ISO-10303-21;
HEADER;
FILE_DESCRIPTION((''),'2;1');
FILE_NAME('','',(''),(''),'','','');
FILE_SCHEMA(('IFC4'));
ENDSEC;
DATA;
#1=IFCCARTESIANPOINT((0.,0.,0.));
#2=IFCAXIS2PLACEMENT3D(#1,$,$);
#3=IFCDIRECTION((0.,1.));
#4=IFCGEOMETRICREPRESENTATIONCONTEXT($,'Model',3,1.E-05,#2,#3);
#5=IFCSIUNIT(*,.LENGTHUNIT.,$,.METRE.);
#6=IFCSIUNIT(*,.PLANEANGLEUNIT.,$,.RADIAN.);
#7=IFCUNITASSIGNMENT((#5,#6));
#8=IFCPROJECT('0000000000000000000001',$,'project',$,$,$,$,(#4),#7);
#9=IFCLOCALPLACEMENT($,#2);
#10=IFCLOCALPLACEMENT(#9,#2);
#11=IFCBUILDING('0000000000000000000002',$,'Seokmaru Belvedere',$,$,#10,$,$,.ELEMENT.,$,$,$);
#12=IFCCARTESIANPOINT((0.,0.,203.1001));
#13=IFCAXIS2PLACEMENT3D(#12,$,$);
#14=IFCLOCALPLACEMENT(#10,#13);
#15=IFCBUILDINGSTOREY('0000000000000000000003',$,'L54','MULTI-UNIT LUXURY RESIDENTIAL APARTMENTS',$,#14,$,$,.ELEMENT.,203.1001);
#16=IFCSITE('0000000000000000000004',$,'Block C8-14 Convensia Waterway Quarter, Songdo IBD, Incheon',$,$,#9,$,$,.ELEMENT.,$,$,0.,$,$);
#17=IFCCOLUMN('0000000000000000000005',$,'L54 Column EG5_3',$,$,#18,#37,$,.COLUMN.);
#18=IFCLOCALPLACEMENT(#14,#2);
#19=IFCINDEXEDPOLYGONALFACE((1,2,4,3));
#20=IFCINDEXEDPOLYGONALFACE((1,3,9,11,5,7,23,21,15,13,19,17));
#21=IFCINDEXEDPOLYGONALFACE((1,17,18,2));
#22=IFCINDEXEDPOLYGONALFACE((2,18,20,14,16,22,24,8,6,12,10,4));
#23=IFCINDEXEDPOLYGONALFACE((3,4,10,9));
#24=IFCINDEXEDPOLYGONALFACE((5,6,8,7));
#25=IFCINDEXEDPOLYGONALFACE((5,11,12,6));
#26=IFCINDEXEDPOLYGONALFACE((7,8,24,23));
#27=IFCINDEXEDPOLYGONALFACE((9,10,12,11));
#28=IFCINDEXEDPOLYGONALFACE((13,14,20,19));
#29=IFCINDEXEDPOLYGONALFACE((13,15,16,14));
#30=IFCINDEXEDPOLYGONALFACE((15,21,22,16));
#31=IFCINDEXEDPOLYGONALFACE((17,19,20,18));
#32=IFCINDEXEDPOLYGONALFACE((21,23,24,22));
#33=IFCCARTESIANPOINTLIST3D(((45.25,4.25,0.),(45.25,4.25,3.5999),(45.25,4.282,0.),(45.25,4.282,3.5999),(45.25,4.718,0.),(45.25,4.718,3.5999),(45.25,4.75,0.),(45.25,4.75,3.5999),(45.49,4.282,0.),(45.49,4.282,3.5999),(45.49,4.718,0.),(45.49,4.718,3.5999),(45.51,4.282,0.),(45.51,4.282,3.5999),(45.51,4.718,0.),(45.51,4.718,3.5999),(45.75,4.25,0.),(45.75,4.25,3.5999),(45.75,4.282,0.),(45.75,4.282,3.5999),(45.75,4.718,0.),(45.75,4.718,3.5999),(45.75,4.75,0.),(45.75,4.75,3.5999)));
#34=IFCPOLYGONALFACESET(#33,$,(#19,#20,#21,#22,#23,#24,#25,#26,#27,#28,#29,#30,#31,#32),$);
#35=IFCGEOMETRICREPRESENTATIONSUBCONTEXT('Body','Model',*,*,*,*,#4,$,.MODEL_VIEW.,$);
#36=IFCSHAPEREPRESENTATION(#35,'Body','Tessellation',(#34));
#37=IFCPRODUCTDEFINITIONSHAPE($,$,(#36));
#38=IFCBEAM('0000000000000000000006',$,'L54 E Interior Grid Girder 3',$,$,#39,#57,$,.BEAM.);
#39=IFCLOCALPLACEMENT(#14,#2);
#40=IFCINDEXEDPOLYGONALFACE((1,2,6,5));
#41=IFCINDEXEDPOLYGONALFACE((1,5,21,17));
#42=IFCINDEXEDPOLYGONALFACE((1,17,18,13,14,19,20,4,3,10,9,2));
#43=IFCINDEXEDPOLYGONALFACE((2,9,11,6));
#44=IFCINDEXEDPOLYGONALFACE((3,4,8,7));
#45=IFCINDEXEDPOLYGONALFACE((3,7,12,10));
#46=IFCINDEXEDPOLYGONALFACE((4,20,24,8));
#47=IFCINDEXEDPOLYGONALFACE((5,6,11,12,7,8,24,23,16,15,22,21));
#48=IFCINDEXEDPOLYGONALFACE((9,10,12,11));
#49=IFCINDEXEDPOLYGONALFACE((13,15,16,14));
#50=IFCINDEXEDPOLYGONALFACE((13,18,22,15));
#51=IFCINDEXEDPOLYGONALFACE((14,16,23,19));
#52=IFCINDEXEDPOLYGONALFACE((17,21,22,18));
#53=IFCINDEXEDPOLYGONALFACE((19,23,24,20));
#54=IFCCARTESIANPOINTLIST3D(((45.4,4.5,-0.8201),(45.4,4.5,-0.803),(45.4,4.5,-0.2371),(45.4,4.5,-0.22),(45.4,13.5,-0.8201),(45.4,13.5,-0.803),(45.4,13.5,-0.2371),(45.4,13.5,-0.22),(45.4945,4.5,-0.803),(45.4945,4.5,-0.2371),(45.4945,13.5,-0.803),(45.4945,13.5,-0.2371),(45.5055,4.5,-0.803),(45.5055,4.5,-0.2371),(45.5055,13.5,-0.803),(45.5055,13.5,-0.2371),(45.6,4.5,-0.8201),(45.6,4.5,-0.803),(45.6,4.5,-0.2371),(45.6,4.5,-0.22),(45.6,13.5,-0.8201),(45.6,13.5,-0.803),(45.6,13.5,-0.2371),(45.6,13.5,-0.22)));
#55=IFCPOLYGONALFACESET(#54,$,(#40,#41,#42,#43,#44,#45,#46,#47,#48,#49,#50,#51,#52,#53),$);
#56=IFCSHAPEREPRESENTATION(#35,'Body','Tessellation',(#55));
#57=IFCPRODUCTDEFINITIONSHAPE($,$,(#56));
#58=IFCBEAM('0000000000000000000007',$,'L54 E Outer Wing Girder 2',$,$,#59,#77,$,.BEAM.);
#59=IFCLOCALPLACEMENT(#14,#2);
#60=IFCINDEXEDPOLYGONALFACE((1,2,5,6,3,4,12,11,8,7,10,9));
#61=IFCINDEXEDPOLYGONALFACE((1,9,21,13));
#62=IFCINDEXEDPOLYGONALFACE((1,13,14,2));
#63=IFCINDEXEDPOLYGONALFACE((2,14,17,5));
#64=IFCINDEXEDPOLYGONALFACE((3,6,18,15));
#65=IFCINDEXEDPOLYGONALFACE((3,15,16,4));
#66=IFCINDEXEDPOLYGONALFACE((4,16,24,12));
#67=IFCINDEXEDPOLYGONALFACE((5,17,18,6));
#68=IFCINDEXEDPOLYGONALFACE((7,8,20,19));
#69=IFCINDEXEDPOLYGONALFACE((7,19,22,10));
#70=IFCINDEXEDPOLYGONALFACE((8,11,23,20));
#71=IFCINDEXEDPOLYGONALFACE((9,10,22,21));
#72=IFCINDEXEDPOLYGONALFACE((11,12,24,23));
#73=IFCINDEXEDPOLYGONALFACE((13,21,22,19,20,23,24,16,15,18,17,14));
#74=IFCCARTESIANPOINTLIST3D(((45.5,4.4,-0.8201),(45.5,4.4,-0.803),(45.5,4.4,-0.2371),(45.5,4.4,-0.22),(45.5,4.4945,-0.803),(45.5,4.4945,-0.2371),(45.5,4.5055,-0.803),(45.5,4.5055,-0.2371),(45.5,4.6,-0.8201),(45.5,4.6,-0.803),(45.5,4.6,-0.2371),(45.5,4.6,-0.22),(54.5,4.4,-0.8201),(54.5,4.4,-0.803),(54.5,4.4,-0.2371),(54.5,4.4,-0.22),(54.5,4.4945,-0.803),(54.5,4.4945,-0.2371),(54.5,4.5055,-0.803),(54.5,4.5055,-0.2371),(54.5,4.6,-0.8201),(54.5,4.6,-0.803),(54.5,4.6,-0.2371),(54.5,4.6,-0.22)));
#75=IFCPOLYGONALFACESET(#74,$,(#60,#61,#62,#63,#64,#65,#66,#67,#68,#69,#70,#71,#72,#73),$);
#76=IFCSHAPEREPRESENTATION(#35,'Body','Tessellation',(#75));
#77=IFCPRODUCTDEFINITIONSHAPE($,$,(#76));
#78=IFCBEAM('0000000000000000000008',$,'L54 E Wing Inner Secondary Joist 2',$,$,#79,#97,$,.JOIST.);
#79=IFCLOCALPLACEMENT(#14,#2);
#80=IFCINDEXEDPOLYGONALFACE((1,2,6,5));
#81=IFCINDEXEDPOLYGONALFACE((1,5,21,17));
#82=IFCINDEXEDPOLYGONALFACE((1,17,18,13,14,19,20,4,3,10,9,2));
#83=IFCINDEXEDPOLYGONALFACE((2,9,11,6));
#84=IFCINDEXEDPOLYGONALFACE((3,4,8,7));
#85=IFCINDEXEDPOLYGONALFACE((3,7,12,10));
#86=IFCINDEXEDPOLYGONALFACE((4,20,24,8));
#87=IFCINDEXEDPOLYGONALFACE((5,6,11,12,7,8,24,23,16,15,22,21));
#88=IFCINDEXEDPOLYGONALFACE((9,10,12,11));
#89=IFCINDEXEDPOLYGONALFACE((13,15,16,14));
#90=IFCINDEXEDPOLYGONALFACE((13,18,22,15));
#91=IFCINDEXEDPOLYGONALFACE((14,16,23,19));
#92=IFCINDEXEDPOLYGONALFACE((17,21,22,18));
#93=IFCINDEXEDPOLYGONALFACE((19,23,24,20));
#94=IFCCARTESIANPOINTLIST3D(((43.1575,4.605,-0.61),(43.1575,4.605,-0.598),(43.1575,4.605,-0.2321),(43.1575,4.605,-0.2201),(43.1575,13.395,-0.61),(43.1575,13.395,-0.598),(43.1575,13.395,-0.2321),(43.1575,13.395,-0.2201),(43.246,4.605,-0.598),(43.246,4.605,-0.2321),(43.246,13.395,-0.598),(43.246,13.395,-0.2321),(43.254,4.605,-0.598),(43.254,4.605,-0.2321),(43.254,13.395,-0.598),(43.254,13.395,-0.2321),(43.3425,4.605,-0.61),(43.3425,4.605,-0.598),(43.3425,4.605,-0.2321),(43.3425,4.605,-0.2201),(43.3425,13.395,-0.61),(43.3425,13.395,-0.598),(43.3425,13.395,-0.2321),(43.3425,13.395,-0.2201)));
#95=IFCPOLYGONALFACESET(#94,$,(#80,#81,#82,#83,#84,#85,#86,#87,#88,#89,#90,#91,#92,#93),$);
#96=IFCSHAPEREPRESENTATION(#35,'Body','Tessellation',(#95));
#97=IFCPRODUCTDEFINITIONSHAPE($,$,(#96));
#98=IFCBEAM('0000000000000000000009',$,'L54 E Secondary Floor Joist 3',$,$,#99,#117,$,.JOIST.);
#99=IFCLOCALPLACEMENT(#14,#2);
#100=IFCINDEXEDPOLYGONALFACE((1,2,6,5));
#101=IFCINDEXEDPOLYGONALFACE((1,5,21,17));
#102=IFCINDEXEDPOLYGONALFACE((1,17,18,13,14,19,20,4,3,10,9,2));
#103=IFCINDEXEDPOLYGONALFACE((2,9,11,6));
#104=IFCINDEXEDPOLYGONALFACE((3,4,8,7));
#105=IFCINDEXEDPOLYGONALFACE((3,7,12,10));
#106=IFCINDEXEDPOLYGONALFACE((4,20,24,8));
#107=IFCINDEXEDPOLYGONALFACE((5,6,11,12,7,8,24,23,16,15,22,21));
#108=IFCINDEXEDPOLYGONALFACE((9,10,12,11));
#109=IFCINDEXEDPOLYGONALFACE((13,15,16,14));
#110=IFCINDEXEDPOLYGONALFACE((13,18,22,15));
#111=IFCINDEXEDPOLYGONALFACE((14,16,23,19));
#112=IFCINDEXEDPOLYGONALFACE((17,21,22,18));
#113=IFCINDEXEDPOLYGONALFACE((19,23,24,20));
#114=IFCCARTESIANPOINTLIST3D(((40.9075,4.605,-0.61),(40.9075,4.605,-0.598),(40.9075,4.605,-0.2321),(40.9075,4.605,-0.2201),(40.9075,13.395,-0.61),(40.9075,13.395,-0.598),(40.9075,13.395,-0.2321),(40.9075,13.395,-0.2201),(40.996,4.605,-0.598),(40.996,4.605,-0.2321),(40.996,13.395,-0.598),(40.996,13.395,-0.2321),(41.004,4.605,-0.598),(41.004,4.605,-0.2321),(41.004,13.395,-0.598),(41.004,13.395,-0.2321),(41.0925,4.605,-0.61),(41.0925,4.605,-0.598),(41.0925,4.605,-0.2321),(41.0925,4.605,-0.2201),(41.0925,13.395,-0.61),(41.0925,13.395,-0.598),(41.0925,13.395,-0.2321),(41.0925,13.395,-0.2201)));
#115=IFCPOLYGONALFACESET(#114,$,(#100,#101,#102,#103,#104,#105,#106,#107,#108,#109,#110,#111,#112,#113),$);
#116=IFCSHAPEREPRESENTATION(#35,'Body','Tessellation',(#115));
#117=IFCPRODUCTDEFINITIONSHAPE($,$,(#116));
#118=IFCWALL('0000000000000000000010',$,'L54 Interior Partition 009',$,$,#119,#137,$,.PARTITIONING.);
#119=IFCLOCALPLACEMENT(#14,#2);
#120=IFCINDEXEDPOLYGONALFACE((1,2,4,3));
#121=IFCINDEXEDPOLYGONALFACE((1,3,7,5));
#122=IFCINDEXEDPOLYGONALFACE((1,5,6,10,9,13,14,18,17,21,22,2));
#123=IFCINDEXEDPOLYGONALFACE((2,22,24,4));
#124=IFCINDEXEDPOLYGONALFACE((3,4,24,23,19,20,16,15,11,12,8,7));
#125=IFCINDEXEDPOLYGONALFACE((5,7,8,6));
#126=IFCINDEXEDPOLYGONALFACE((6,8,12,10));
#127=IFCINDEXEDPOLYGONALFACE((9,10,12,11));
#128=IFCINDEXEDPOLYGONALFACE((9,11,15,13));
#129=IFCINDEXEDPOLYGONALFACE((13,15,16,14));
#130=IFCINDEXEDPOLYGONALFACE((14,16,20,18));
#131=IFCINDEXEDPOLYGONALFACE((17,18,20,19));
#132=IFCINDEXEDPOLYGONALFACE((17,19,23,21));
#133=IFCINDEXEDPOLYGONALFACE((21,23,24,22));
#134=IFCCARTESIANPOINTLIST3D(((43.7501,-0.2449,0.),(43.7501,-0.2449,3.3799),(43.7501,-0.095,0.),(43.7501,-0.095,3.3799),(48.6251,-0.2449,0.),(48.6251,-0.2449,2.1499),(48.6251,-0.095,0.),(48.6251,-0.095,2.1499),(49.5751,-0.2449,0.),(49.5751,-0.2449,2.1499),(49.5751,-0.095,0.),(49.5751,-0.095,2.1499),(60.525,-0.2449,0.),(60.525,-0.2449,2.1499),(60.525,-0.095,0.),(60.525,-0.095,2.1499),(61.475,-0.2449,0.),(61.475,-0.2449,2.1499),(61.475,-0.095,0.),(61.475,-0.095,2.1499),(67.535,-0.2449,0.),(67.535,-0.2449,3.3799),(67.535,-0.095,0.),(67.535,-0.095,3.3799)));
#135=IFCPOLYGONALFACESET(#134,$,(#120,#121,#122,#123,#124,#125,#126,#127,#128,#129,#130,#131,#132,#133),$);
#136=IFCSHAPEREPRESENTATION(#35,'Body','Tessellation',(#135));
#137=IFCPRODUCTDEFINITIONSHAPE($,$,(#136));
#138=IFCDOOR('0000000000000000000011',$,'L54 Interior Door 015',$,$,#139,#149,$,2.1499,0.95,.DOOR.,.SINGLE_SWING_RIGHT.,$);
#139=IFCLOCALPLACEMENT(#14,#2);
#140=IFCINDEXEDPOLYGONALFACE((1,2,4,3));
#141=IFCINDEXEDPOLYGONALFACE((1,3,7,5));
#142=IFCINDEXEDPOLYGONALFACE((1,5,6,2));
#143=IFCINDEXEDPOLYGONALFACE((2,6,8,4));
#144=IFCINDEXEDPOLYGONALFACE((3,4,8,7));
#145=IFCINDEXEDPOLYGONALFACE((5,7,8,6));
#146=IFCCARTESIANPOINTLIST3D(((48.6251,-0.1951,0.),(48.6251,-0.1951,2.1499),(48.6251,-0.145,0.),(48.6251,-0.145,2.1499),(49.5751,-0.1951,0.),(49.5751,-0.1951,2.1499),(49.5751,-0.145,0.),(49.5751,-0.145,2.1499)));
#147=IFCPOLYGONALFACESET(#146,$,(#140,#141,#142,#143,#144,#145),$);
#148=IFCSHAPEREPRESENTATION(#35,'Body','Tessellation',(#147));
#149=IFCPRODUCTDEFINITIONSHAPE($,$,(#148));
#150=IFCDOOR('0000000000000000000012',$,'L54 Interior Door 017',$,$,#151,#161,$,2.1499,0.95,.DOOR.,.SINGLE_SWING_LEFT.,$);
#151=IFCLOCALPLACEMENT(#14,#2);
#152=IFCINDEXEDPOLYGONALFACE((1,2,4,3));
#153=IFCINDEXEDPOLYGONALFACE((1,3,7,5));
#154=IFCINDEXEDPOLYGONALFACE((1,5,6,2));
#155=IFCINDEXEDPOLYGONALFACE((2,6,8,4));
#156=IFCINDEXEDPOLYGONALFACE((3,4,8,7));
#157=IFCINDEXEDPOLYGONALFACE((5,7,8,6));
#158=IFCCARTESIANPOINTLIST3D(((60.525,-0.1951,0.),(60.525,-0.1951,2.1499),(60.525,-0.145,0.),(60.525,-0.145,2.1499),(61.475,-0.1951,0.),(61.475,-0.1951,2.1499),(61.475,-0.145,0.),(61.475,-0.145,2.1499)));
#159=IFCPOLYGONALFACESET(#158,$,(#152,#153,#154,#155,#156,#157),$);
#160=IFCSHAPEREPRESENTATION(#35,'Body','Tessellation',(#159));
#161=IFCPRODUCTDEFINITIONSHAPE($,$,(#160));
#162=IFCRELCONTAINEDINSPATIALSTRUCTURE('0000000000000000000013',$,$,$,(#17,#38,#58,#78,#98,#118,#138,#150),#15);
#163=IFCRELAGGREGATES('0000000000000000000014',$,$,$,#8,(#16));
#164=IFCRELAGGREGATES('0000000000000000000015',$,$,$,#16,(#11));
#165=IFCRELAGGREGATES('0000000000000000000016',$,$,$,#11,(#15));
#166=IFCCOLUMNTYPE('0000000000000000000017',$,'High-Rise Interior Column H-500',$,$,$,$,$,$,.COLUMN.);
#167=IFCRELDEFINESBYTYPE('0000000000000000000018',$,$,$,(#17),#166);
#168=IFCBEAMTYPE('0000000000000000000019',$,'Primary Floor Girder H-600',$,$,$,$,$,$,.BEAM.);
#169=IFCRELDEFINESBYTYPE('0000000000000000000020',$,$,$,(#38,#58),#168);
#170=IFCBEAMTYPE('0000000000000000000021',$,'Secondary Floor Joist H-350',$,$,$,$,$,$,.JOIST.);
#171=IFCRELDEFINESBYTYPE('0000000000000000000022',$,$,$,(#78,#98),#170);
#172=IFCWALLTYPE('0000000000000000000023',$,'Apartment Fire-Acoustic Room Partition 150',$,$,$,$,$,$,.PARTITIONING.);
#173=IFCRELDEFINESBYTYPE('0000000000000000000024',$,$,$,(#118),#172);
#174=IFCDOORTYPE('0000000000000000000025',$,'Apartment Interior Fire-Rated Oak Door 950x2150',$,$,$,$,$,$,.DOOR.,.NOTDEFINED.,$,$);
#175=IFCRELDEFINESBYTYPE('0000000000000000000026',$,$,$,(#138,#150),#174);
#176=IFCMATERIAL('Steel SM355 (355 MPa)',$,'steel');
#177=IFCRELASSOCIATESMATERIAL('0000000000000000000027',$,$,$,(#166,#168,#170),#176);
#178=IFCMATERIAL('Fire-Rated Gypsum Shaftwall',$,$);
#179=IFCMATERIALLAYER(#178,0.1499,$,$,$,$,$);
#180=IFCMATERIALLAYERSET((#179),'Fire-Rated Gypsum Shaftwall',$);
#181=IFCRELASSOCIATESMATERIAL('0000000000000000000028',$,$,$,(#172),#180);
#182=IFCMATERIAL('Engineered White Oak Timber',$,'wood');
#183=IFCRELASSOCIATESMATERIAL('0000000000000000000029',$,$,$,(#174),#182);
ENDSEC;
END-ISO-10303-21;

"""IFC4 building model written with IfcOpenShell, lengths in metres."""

from ifc_helpers import new_model, si_unit, direction, frame, frame_2d, origin, origin_2d, place, context, subcontext, project, spatial, rectangle, i_section, extrude, source, transform, mapped, material, layer, layer_set, material_profile, profile_set, type_object, type_shapes, element, fill, save


model = new_model("IFC4")

# Units and contexts
model_context = context("Model", 3, precision=1e-05, world=origin(), true_north=direction((0.0, 1.0)))
body_context = subcontext(model_context, "Body", "Model", "MODEL_VIEW")
ifc_project = project(units=[si_unit("LENGTHUNIT", "METRE"), si_unit("PLANEANGLEUNIT", "RADIAN")], contexts=[model_context])

# Site, building, storey
site_placement = place(None, origin())
site = spatial("IfcSite", under=ifc_project, at=site_placement, Name="Block C8-14 Convensia Waterway Quarter, Songdo IBD, Incheon", CompositionType="ELEMENT", RefElevation=0.0)
building_placement = place(site_placement, origin())
building = spatial("IfcBuilding", under=site, at=building_placement, Name="Seokmaru Belvedere", CompositionType="ELEMENT")
storey_placement = place(building_placement, frame((0.0, 0.0, 203.1001)))
storey = spatial("IfcBuildingStorey", under=building, at=storey_placement, Name="L54", Description="MULTI-UNIT LUXURY RESIDENTIAL APARTMENTS", CompositionType="ELEMENT", Elevation=203.1001)

# Column
ifc_material_1 = material(Name="Steel SM355 (355 MPa)", Category="steel")
ifc_material_profile_1 = material_profile(ifc_material_1, i_section(OverallWidth=0.5, OverallDepth=0.5, WebThickness=0.02, FlangeThickness=0.032, at=origin_2d()), Name="H-500x500x20x32")
ifc_profile_set_1 = profile_set([ifc_material_profile_1], Name="Steel SM355 (355 MPa)")
column_type = type_object("IfcColumnType", Name="High-Rise Interior Column H-500", PredefinedType="COLUMN", material=ifc_profile_set_1)
shared_shape_1 = source(origin(), body_context, "Body", "SweptSolid", [
    extrude(i_section(OverallWidth=0.5, OverallDepth=0.5, WebThickness=0.02, FlangeThickness=0.032, at=origin_2d()), origin(), (0.0, 0.0, 1.0), 3.5999),
])
type_shapes(column_type, [shared_shape_1])
column_placement = place(storey_placement, frame((45.5, 4.5, 0.0), z_axis=(0.0, 0.0, 1.0), x_axis=(1.0, 0.0, 0.0)))
element("IfcColumn", 1, at=column_placement, inside=storey, type_object=column_type, Name="L54 Column EG5_3", PredefinedType="COLUMN", context=body_context, shape_type="MappedRepresentation", body=[
    mapped(shared_shape_1, transform((0.0, 0.0, 0.0), scale=1.0)),
])

# Beams
ifc_material_profile_2 = material_profile(ifc_material_1, i_section(OverallWidth=0.2, OverallDepth=0.6001, WebThickness=0.011, FlangeThickness=0.0171, at=origin_2d()), Name="H-600x200x11x17")
ifc_profile_set_2 = profile_set([ifc_material_profile_2], Name="Steel SM355 (355 MPa)")
beam_type_1 = type_object("IfcBeamType", Name="Primary Floor Girder H-600", PredefinedType="BEAM", material=ifc_profile_set_2)
shared_shape_2 = source(origin(), body_context, "Body", "SweptSolid", [
    extrude(i_section(OverallWidth=0.2, OverallDepth=0.6001, WebThickness=0.011, FlangeThickness=0.0171, at=origin_2d()), origin(), (0.0, 0.0, 1.0), 9.0),
])
type_shapes(beam_type_1, [shared_shape_2])
for number, where, z_axis, x_axis, name in (
    (2, (45.5, 4.5, -0.52), (0.0, 1.0, 0.0), (-1.0, 0.0, 0.0), "L54 E Interior Grid Girder 3"),
    (3, (45.5, 4.5, -0.52), (1.0, 0.0, 0.0), (0.0, 1.0, 0.0), "L54 E Outer Wing Girder 2"),
):
    element("IfcBeam", number, at=place(storey_placement, frame(where, z_axis=z_axis, x_axis=x_axis)), inside=storey, type_object=beam_type_1, Name=name, PredefinedType="BEAM", context=body_context, shape_type="MappedRepresentation", body=[
        mapped(shared_shape_2, transform((0.0, 0.0, 0.0), scale=1.0)),
    ])
ifc_material_profile_3 = material_profile(ifc_material_1, i_section(OverallWidth=0.1851, OverallDepth=0.3899, WebThickness=0.0081, FlangeThickness=0.012, at=origin_2d()), Name="H-390x185x8x12")
ifc_profile_set_3 = profile_set([ifc_material_profile_3], Name="Steel SM355 (355 MPa)")
beam_type_2 = type_object("IfcBeamType", Name="Secondary Floor Joist H-350", PredefinedType="JOIST", material=ifc_profile_set_3)
shared_shape_3 = source(origin(), body_context, "Body", "SweptSolid", [
    extrude(i_section(OverallWidth=0.1851, OverallDepth=0.3899, WebThickness=0.0081, FlangeThickness=0.012, at=origin_2d()), origin(), (0.0, 0.0, 1.0), 8.79),
])
type_shapes(beam_type_2, [shared_shape_3])
for number, where, z_axis, x_axis, name in (
    (4, (43.25, 4.605, -0.415), (0.0, 1.0, 0.0), (-1.0, 0.0, 0.0), "L54 E Wing Inner Secondary Joist 2"),
    (5, (41.0, 4.605, -0.415), (0.0, 1.0, 0.0), (-1.0, 0.0, 0.0), "L54 E Secondary Floor Joist 3"),
):
    element("IfcBeam", number, at=place(storey_placement, frame(where, z_axis=z_axis, x_axis=x_axis)), inside=storey, type_object=beam_type_2, Name=name, PredefinedType="JOIST", context=body_context, shape_type="MappedRepresentation", body=[
        mapped(shared_shape_3, transform((0.0, 0.0, 0.0), scale=1.0)),
    ])

# Wall, openings, doors
ifc_material_2 = material(Name="Fire-Rated Gypsum Shaftwall")
ifc_layer_1 = layer(ifc_material_2, 0.1499)
ifc_layer_set_1 = layer_set([ifc_layer_1], Name="Fire-Rated Gypsum Shaftwall")
wall_type_1 = type_object("IfcWallType", Name="Apartment Fire-Acoustic Room Partition 150", PredefinedType="PARTITIONING", material=ifc_layer_set_1)
wall_1_placement = place(storey_placement, frame((43.75, -0.1699, 0.0), z_axis=(0.0, 0.0, 1.0), x_axis=(1.0, 0.0, 0.0)))
wall_1 = element("IfcWall", 6, at=wall_1_placement, inside=storey, type_object=wall_type_1, Name="L54 Interior Partition 009", PredefinedType="PARTITIONING", context=body_context, shape_type="SweptSolid", body=[
    extrude(rectangle(XDim=23.7849, YDim=0.1499, at=frame_2d((11.8926, 0.0))), origin(), (0.0, 0.0, 1.0), 3.3799),
])
opening_1_placement = place(wall_1_placement, frame((4.875, 0.0, 0.0)))
opening_1 = element("IfcOpeningElement", 7, at=opening_1_placement, cuts=wall_1, PredefinedType="OPENING", context=body_context, shape_type="SweptSolid", body=[
    extrude(rectangle(XDim=0.95, YDim=2.1499, at=frame_2d((0.4751, 1.075))), frame((0.0, 0.085, 0.0), z_axis=(0.0, -1.0, 0.0), x_axis=(1.0, 0.0, 0.0)), (0.0, 0.0, 1.0), 0.1699),
])
opening_2_placement = place(wall_1_placement, frame((16.7749, 0.0, 0.0)))
opening_2 = element("IfcOpeningElement", 8, at=opening_2_placement, cuts=wall_1, PredefinedType="OPENING", context=body_context, shape_type="SweptSolid", body=[
    extrude(rectangle(XDim=0.95, YDim=2.1499, at=frame_2d((0.4751, 1.075))), frame((0.0, 0.085, 0.0), z_axis=(0.0, -1.0, 0.0), x_axis=(1.0, 0.0, 0.0)), (0.0, 0.0, 1.0), 0.1699),
])
ifc_material_3 = material(Name="Engineered White Oak Timber", Category="wood")
door_type_1 = type_object("IfcDoorType", Name="Apartment Interior Fire-Rated Oak Door 950x2150", OperationType="NOTDEFINED", PredefinedType="DOOR", material=ifc_material_3)
shared_shape_4 = source(origin(), body_context, "Body", "SweptSolid", [
    extrude(rectangle(XDim=0.95, YDim=2.1499, at=frame_2d((0.4751, 1.075))), frame((0.0, 0.0249, 0.0), z_axis=(0.0, -1.0, 0.0), x_axis=(1.0, 0.0, 0.0)), (0.0, 0.0, 1.0), 0.05),
])
type_shapes(door_type_1, [shared_shape_4])
door_1_placement = place(opening_1_placement, origin())
door_1 = element("IfcDoor", 9, at=door_1_placement, inside=storey, type_object=door_type_1, Name="L54 Interior Door 015", OperationType="SINGLE_SWING_RIGHT", OverallHeight=2.1499, OverallWidth=0.95, PredefinedType="DOOR", context=body_context, shape_type="MappedRepresentation", body=[
    mapped(shared_shape_4, transform((0.0, 0.0, 0.0), scale=1.0)),
])
fill(opening_1, door_1)
door_2_placement = place(opening_2_placement, origin())
door_2 = element("IfcDoor", 10, at=door_2_placement, inside=storey, type_object=door_type_1, Name="L54 Interior Door 017", OperationType="SINGLE_SWING_LEFT", OverallHeight=2.1499, OverallWidth=0.95, PredefinedType="DOOR", context=body_context, shape_type="MappedRepresentation", body=[
    mapped(shared_shape_4, transform((0.0, 0.0, 0.0), scale=1.0)),
])
fill(opening_2, door_2)

save(model, "model.ifc")
